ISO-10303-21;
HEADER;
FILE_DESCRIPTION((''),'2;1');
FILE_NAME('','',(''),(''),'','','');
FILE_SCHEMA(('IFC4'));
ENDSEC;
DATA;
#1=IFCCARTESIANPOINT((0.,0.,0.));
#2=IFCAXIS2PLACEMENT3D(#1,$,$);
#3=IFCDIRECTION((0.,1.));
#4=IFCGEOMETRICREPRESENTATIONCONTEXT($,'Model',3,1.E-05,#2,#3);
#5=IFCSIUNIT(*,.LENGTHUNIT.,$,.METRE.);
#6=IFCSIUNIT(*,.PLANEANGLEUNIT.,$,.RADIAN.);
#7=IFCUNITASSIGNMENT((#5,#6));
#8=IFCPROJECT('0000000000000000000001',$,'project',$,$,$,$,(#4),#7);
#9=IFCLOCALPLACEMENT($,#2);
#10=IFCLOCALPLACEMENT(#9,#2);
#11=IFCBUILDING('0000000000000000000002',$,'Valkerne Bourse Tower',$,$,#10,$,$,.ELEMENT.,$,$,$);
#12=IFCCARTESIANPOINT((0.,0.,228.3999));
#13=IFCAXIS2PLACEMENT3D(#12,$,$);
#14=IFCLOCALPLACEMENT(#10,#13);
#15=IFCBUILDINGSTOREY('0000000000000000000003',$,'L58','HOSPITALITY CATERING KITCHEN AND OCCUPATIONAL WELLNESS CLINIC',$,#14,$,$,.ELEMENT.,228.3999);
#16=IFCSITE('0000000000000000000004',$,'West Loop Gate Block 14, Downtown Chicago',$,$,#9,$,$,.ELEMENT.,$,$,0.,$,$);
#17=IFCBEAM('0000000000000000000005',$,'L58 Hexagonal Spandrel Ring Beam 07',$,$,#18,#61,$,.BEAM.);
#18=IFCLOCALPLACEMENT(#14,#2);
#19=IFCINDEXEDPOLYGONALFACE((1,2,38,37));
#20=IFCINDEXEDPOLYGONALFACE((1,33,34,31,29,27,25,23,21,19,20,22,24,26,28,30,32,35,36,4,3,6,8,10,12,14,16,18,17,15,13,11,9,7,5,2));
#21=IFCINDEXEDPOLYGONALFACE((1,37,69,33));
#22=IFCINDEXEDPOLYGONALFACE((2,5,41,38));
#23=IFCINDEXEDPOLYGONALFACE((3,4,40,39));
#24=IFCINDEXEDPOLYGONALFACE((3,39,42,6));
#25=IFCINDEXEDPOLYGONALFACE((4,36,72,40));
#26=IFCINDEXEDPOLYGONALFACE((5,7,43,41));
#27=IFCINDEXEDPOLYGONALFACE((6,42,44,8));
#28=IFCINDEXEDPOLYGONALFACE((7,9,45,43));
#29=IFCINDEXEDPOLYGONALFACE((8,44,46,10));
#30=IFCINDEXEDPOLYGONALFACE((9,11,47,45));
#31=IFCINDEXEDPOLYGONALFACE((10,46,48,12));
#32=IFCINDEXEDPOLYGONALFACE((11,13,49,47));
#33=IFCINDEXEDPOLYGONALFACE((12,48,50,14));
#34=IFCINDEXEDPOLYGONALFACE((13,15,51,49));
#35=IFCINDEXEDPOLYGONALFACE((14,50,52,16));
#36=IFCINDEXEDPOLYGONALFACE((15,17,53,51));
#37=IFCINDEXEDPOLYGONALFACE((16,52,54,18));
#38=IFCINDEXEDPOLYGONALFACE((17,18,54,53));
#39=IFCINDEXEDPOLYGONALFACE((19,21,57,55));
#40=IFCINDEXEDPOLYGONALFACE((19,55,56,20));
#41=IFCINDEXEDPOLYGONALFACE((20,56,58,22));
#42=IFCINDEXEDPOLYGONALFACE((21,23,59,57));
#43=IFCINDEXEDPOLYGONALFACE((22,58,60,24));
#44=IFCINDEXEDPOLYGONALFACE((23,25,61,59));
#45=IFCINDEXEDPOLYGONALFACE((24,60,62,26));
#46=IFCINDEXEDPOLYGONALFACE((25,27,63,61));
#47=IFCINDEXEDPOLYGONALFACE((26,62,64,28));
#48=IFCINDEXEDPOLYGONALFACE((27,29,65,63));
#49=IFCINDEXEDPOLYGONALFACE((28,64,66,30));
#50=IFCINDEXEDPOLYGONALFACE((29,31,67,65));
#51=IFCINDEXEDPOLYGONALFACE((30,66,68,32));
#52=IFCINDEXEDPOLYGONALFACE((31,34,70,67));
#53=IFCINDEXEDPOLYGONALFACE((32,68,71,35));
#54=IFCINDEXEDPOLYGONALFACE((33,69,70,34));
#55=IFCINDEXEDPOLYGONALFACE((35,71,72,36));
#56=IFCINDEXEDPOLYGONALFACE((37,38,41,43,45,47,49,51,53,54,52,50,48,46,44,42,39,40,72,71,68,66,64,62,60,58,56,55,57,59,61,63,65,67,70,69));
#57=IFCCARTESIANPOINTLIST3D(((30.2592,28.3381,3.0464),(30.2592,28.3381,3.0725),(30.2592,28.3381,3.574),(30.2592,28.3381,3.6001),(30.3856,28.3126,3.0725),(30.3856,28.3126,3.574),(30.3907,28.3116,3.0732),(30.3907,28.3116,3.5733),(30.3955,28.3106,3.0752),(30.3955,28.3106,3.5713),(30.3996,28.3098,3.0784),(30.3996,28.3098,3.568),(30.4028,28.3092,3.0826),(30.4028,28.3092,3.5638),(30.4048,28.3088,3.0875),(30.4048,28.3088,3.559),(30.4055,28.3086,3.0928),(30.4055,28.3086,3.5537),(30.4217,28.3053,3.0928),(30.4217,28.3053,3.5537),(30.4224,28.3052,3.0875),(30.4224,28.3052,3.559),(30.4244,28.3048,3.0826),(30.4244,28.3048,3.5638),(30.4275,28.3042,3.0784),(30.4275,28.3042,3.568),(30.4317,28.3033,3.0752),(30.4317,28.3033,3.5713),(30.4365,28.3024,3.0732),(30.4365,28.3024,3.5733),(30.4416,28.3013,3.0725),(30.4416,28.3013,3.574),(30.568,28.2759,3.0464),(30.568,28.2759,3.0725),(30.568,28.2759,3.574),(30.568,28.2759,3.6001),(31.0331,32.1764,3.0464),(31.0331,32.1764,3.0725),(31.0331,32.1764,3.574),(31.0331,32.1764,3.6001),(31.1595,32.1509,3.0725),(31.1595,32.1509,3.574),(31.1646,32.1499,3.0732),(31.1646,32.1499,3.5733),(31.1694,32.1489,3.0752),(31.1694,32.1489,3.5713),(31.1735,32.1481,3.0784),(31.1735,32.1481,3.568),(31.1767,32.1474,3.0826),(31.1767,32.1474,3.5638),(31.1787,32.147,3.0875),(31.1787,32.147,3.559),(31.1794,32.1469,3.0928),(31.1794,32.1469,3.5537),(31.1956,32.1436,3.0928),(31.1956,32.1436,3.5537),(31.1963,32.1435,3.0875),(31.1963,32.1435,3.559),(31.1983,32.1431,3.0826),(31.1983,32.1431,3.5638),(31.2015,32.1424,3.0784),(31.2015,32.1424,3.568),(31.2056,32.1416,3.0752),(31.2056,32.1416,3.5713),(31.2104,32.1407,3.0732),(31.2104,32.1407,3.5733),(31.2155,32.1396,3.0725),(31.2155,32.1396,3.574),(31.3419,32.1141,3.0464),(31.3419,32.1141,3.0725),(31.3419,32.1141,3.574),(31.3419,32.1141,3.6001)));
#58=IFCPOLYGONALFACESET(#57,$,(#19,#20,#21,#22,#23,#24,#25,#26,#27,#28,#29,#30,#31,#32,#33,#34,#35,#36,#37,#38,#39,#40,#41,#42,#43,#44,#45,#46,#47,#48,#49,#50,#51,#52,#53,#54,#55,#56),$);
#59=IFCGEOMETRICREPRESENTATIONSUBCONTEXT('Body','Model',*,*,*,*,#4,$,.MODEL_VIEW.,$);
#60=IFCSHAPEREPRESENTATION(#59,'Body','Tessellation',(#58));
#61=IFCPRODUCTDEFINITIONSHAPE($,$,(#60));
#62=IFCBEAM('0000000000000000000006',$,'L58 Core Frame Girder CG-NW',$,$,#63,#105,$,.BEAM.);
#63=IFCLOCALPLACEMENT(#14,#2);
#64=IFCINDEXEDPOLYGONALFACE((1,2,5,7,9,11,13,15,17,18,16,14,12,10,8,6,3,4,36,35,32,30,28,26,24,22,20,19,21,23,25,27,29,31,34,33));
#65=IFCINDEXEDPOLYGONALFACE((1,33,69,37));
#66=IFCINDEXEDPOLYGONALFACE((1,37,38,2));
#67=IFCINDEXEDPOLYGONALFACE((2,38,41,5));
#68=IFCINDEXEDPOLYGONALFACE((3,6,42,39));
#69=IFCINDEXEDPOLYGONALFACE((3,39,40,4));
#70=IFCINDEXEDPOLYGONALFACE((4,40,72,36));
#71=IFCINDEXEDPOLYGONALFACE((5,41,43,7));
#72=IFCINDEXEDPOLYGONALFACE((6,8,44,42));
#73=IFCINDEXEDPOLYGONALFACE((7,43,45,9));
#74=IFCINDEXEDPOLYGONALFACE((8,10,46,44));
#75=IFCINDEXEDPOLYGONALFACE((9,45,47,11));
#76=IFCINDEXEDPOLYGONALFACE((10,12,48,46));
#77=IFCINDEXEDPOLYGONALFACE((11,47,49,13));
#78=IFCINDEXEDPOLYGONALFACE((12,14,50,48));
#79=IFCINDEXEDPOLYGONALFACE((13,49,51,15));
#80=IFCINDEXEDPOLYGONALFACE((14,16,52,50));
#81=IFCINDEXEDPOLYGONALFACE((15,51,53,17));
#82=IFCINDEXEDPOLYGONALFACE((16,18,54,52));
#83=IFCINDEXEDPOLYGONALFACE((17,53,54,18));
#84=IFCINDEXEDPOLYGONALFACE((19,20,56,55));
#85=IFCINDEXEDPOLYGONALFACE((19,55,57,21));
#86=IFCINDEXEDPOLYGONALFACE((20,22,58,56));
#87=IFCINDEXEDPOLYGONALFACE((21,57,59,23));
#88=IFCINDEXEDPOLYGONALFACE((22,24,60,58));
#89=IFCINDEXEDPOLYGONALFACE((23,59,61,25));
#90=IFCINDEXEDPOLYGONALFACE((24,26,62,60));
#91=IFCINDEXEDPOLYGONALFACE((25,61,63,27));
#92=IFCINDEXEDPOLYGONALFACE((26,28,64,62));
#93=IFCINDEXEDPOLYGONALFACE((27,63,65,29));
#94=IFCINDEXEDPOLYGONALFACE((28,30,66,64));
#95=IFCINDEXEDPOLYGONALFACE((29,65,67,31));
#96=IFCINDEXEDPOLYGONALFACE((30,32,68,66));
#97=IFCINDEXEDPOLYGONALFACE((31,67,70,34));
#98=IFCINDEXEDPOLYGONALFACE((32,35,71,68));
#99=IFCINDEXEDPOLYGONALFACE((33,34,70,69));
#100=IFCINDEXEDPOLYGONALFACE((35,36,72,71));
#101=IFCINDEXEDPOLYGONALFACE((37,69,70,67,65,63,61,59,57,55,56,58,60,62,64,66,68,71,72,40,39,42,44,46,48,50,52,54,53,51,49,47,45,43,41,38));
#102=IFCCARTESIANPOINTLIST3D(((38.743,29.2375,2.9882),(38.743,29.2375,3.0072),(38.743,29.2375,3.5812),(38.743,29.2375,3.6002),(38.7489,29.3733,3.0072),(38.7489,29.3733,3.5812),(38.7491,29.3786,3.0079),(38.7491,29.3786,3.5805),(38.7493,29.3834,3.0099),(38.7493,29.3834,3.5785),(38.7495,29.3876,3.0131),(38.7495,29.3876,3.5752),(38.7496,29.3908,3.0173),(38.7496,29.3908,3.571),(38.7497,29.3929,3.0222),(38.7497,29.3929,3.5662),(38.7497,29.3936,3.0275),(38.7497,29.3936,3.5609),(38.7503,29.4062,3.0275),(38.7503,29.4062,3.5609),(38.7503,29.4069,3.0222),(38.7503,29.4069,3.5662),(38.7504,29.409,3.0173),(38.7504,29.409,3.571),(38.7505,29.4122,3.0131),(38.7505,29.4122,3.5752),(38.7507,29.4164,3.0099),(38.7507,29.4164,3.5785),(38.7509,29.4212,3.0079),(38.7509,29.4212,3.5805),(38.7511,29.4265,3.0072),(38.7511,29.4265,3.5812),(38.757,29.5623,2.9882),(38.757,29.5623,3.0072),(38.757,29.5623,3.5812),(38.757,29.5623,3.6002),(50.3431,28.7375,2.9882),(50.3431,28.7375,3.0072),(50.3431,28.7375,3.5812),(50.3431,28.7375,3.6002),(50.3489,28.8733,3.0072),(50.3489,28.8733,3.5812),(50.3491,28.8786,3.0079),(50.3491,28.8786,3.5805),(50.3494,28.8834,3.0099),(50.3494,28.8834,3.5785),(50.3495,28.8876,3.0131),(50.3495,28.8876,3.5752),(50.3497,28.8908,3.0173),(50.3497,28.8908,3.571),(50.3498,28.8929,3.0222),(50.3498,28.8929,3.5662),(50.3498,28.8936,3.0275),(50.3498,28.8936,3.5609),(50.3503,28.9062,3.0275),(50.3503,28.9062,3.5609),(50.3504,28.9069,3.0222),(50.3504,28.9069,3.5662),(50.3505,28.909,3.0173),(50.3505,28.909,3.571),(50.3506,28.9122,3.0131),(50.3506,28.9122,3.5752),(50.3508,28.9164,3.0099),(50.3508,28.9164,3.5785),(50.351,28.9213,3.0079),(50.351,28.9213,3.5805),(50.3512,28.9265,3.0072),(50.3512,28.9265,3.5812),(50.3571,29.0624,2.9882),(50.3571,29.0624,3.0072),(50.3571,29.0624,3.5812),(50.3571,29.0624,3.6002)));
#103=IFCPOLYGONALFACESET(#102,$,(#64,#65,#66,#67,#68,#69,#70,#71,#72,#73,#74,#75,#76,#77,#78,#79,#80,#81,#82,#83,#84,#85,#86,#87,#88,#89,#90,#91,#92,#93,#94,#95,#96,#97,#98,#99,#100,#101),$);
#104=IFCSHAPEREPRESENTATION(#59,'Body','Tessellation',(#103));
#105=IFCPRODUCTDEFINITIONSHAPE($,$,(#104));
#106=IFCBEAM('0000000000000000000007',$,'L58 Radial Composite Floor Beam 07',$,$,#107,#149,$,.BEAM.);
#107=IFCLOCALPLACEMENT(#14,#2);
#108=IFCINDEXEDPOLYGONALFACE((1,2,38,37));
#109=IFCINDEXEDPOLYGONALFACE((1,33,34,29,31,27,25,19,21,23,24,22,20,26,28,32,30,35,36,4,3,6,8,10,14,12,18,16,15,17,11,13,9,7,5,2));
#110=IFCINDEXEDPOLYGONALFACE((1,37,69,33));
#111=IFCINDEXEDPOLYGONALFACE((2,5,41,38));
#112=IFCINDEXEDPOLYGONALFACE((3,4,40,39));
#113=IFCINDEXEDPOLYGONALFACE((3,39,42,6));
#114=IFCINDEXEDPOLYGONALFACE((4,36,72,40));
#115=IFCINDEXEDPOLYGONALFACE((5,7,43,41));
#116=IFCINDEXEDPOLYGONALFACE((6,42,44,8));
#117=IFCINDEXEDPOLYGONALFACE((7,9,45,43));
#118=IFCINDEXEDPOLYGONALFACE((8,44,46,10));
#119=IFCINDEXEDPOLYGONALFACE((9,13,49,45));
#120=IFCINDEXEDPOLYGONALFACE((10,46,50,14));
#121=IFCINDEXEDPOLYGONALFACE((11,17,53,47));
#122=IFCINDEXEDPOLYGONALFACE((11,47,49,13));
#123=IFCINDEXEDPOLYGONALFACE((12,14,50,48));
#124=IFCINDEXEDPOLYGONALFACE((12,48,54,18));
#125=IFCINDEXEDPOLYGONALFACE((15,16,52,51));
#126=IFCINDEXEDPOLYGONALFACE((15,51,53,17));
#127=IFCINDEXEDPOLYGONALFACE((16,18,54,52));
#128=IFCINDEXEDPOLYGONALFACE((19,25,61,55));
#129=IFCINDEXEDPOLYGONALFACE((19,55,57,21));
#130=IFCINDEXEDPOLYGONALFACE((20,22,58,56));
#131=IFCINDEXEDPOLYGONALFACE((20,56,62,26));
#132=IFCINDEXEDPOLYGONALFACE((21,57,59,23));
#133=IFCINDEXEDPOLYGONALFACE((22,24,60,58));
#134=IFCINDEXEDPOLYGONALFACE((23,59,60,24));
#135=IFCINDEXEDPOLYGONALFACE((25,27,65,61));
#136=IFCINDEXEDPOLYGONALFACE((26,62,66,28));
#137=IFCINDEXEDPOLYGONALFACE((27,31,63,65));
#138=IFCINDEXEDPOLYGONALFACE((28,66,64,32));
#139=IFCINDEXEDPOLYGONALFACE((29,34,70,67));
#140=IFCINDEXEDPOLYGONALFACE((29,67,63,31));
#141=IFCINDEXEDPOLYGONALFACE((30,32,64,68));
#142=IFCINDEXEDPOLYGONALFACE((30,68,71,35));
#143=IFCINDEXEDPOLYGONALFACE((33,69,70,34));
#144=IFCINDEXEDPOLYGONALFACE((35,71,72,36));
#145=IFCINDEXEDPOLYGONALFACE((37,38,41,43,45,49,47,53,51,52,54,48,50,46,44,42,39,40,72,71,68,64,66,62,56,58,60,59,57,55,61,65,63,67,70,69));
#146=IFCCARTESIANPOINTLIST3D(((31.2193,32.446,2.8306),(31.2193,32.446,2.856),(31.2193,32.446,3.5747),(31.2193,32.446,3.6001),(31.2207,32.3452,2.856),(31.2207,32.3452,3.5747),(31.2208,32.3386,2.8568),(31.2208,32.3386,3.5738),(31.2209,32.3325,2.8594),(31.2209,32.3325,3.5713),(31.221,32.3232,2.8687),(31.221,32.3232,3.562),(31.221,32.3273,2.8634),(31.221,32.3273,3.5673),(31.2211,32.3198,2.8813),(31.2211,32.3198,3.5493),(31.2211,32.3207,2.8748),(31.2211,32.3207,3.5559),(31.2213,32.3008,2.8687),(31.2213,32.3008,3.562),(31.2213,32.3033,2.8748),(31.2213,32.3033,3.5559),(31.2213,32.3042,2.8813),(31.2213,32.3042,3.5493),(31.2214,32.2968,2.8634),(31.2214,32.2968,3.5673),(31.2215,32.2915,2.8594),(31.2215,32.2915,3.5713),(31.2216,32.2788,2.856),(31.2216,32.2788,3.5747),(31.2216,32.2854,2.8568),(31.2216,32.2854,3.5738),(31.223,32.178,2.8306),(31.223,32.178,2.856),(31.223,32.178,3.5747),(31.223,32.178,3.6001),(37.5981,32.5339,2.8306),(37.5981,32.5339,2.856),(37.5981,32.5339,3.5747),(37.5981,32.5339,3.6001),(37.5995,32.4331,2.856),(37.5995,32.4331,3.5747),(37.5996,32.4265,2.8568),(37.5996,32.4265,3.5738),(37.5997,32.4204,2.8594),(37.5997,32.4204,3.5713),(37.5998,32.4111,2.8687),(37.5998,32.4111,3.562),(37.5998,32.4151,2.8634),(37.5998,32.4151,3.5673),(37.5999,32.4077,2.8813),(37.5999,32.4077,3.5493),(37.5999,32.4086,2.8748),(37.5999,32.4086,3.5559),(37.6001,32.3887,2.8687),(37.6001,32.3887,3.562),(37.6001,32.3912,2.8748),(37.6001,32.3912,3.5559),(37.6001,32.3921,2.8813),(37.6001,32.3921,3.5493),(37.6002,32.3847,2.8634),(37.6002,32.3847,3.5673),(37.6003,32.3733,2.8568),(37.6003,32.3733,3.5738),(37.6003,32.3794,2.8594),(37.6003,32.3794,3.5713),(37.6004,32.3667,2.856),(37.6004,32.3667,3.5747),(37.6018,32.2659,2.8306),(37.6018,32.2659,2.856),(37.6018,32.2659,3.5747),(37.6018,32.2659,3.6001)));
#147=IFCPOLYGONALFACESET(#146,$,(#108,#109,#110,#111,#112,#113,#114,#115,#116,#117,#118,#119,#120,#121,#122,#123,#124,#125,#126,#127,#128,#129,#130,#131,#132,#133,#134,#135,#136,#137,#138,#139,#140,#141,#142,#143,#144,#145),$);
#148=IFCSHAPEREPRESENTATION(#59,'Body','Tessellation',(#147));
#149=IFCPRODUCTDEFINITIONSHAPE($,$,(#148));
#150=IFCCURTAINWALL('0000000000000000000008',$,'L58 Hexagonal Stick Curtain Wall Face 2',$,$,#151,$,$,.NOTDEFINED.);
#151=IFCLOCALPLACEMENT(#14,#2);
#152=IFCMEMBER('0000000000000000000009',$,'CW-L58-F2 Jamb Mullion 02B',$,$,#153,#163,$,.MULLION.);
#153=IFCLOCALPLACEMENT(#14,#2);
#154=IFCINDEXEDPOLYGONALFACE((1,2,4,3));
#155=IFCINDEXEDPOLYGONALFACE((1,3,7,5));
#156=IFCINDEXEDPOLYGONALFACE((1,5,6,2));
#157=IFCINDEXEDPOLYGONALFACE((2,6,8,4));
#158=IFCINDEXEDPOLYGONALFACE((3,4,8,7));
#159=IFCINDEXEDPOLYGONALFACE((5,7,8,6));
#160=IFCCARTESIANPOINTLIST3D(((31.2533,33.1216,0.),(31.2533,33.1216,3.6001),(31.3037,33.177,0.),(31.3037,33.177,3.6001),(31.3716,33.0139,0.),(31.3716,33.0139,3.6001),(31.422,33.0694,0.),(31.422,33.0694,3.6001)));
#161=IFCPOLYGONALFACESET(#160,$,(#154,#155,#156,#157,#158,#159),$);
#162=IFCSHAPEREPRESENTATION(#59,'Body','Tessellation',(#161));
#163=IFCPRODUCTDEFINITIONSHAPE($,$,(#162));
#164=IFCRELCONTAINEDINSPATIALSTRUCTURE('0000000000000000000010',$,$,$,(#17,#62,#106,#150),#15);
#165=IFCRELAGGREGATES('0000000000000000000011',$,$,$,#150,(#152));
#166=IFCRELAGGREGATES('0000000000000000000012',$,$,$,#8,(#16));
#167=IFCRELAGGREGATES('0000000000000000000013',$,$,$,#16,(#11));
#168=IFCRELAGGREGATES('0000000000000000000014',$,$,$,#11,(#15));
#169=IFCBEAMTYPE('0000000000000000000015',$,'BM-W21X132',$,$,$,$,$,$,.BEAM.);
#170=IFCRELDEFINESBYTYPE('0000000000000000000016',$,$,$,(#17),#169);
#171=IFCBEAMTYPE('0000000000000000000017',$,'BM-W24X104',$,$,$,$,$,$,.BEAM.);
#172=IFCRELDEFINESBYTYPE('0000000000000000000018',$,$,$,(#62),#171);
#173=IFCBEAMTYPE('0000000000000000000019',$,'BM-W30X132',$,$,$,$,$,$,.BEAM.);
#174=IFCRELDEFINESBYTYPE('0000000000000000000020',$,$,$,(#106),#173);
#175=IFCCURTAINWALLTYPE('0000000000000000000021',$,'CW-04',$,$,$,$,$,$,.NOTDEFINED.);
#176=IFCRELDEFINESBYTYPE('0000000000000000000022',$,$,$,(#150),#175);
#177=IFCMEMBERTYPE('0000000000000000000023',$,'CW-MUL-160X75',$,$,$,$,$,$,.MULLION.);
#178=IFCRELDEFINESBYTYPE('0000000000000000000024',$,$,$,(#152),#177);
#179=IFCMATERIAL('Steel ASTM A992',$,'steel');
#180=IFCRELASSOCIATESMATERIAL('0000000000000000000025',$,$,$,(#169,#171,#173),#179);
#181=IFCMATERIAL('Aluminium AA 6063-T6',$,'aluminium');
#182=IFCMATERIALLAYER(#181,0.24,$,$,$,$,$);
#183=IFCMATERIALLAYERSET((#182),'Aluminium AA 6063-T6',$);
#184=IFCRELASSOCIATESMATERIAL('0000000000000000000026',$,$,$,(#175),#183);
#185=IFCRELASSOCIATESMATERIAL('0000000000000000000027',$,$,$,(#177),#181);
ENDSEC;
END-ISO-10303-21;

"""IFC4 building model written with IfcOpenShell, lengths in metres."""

from ifc_helpers import new_model, si_unit, direction, frame, origin, origin_2d, place, context, subcontext, project, spatial, rectangle, i_section, extrude, material, layer, layer_set, material_profile, profile_set, type_object, element, aggregate, save


model = new_model("IFC4")

# Units and contexts
model_context = context("Model", 3, precision=1e-05, world=origin(), true_north=direction((0.0, 1.0)))
body_context = subcontext(model_context, "Body", "Model", "MODEL_VIEW")
ifc_project = project(units=[si_unit("LENGTHUNIT", "METRE"), si_unit("PLANEANGLEUNIT", "RADIAN")], contexts=[model_context])

# Site, building, storey
site_placement = place(None, origin())
site = spatial("IfcSite", under=ifc_project, at=site_placement, Name="West Loop Gate Block 14, Downtown Chicago", CompositionType="ELEMENT", RefElevation=0.0)
building_placement = place(site_placement, origin())
building = spatial("IfcBuilding", under=site, at=building_placement, Name="Valkerne Bourse Tower", CompositionType="ELEMENT")
storey_placement = place(building_placement, frame((0.0, 0.0, 228.3999)))
storey = spatial("IfcBuildingStorey", under=building, at=storey_placement, Name="L58", Description="HOSPITALITY CATERING KITCHEN AND OCCUPATIONAL WELLNESS CLINIC", CompositionType="ELEMENT", Elevation=228.3999)

# Beams
ifc_material_1 = material(Name="Steel ASTM A992", Category="steel")
ifc_material_profile_1 = material_profile(ifc_material_1, i_section(OverallWidth=0.3149, OverallDepth=0.5537, WebThickness=0.0166, FlangeThickness=0.0261, FilletRadius=0.0203, at=origin_2d()), Name="W21X132")
ifc_profile_set_1 = profile_set([ifc_material_profile_1], Name="Steel ASTM A992")
beam_type_1 = type_object("IfcBeamType", Name="BM-W21X132", PredefinedType="BEAM", material=ifc_profile_set_1)
beam_1_placement = place(storey_placement, frame((31.1875, 32.1453, 3.3232), z_axis=(-0.197651, -0.980273, 0.0), x_axis=(0.980273, -0.197651, 0.0)))
element("IfcBeam", 1, at=beam_1_placement, inside=storey, type_object=beam_type_1, Name="L58 Hexagonal Spandrel Ring Beam 07", PredefinedType="BEAM", context=body_context, shape_type="SweptSolid", body=[
    extrude(i_section(OverallWidth=0.3149, OverallDepth=0.5537, WebThickness=0.0166, FlangeThickness=0.0261, FilletRadius=0.0203, at=origin_2d()), origin(), (0.0, 0.0, 1.0), 3.9155),
])
ifc_material_profile_2 = material_profile(ifc_material_1, i_section(OverallWidth=0.3252, OverallDepth=0.6121, WebThickness=0.0127, FlangeThickness=0.019, FilletRadius=0.0203, at=origin_2d()), Name="W24X104")
ifc_profile_set_2 = profile_set([ifc_material_profile_2], Name="Steel ASTM A992")
beam_type_2 = type_object("IfcBeamType", Name="BM-W24X104", PredefinedType="BEAM", material=ifc_profile_set_2)
beam_2_placement = place(storey_placement, frame((38.75, 29.3999, 3.2942), z_axis=(0.999072, -0.043063, 0.0), x_axis=(0.043063, 0.999072, 0.0)))
element("IfcBeam", 2, at=beam_2_placement, inside=storey, type_object=beam_type_2, Name="L58 Core Frame Girder CG-NW", PredefinedType="BEAM", context=body_context, shape_type="SweptSolid", body=[
    extrude(i_section(OverallWidth=0.3252, OverallDepth=0.6121, WebThickness=0.0127, FlangeThickness=0.019, FilletRadius=0.0203, at=origin_2d()), origin(), (0.0, 0.0, 1.0), 11.6108),
])
ifc_material_profile_3 = material_profile(ifc_material_1, i_section(OverallWidth=0.2681, OverallDepth=0.7695, WebThickness=0.0156, FlangeThickness=0.0254, FilletRadius=0.0254, at=origin_2d()), Name="W30X132")
ifc_profile_set_3 = profile_set([ifc_material_profile_3], Name="Steel ASTM A992")
beam_type_3 = type_object("IfcBeamType", Name="BM-W30X132", PredefinedType="BEAM", material=ifc_profile_set_3)
beam_3_placement = place(storey_placement, frame((31.2212, 32.312, 3.2153), z_axis=(0.999905, 0.013777, 0.0), x_axis=(-0.013777, 0.999905, 0.0)))
element("IfcBeam", 3, at=beam_3_placement, inside=storey, type_object=beam_type_3, Name="L58 Radial Composite Floor Beam 07", PredefinedType="BEAM", context=body_context, shape_type="SweptSolid", body=[
    extrude(i_section(OverallWidth=0.2681, OverallDepth=0.7695, WebThickness=0.0156, FlangeThickness=0.0254, FilletRadius=0.0254, at=origin_2d()), origin(), (0.0, 0.0, 1.0), 6.3794),
])

# Curtain wall, member
ifc_material_2 = material(Name="Aluminium AA 6063-T6", Category="aluminium")
ifc_layer_1 = layer(ifc_material_2, 0.24)
ifc_layer_set_1 = layer_set([ifc_layer_1], Name="Aluminium AA 6063-T6")
curtain_wall_type = type_object("IfcCurtainWallType", Name="CW-04", PredefinedType="NOTDEFINED", material=ifc_layer_set_1)
curtain_wall_placement = place(storey_placement, origin())
curtain_wall = element("IfcCurtainWall", 4, at=curtain_wall_placement, inside=storey, type_object=curtain_wall_type, Name="L58 Hexagonal Stick Curtain Wall Face 2", PredefinedType="NOTDEFINED")
ifc_material_profile_4 = material_profile(ifc_material_2, rectangle(XDim=0.075, YDim=0.1599, at=origin_2d()), Name="CWM-75X160")
ifc_profile_set_4 = profile_set([ifc_material_profile_4], Name="Aluminium AA 6063-T6")
member_type_1 = type_object("IfcMemberType", Name="CW-MUL-160X75", PredefinedType="MULLION", material=ifc_profile_set_4)
member_1_placement = place(storey_placement, frame((31.3376, 33.0955, 0.0), z_axis=(0.0, 0.0, 1.0), x_axis=(-0.673025, -0.73962, 0.0)))
member_1 = element("IfcMember", 5, at=member_1_placement, type_object=member_type_1, Name="CW-L58-F2 Jamb Mullion 02B", PredefinedType="MULLION", context=body_context, shape_type="SweptSolid", body=[
    extrude(rectangle(XDim=0.075, YDim=0.1599, at=origin_2d()), origin(), (0.0, 0.0, 1.0), 3.6001),
])

aggregate(curtain_wall, [member_1])

save(model, "model.ifc")
